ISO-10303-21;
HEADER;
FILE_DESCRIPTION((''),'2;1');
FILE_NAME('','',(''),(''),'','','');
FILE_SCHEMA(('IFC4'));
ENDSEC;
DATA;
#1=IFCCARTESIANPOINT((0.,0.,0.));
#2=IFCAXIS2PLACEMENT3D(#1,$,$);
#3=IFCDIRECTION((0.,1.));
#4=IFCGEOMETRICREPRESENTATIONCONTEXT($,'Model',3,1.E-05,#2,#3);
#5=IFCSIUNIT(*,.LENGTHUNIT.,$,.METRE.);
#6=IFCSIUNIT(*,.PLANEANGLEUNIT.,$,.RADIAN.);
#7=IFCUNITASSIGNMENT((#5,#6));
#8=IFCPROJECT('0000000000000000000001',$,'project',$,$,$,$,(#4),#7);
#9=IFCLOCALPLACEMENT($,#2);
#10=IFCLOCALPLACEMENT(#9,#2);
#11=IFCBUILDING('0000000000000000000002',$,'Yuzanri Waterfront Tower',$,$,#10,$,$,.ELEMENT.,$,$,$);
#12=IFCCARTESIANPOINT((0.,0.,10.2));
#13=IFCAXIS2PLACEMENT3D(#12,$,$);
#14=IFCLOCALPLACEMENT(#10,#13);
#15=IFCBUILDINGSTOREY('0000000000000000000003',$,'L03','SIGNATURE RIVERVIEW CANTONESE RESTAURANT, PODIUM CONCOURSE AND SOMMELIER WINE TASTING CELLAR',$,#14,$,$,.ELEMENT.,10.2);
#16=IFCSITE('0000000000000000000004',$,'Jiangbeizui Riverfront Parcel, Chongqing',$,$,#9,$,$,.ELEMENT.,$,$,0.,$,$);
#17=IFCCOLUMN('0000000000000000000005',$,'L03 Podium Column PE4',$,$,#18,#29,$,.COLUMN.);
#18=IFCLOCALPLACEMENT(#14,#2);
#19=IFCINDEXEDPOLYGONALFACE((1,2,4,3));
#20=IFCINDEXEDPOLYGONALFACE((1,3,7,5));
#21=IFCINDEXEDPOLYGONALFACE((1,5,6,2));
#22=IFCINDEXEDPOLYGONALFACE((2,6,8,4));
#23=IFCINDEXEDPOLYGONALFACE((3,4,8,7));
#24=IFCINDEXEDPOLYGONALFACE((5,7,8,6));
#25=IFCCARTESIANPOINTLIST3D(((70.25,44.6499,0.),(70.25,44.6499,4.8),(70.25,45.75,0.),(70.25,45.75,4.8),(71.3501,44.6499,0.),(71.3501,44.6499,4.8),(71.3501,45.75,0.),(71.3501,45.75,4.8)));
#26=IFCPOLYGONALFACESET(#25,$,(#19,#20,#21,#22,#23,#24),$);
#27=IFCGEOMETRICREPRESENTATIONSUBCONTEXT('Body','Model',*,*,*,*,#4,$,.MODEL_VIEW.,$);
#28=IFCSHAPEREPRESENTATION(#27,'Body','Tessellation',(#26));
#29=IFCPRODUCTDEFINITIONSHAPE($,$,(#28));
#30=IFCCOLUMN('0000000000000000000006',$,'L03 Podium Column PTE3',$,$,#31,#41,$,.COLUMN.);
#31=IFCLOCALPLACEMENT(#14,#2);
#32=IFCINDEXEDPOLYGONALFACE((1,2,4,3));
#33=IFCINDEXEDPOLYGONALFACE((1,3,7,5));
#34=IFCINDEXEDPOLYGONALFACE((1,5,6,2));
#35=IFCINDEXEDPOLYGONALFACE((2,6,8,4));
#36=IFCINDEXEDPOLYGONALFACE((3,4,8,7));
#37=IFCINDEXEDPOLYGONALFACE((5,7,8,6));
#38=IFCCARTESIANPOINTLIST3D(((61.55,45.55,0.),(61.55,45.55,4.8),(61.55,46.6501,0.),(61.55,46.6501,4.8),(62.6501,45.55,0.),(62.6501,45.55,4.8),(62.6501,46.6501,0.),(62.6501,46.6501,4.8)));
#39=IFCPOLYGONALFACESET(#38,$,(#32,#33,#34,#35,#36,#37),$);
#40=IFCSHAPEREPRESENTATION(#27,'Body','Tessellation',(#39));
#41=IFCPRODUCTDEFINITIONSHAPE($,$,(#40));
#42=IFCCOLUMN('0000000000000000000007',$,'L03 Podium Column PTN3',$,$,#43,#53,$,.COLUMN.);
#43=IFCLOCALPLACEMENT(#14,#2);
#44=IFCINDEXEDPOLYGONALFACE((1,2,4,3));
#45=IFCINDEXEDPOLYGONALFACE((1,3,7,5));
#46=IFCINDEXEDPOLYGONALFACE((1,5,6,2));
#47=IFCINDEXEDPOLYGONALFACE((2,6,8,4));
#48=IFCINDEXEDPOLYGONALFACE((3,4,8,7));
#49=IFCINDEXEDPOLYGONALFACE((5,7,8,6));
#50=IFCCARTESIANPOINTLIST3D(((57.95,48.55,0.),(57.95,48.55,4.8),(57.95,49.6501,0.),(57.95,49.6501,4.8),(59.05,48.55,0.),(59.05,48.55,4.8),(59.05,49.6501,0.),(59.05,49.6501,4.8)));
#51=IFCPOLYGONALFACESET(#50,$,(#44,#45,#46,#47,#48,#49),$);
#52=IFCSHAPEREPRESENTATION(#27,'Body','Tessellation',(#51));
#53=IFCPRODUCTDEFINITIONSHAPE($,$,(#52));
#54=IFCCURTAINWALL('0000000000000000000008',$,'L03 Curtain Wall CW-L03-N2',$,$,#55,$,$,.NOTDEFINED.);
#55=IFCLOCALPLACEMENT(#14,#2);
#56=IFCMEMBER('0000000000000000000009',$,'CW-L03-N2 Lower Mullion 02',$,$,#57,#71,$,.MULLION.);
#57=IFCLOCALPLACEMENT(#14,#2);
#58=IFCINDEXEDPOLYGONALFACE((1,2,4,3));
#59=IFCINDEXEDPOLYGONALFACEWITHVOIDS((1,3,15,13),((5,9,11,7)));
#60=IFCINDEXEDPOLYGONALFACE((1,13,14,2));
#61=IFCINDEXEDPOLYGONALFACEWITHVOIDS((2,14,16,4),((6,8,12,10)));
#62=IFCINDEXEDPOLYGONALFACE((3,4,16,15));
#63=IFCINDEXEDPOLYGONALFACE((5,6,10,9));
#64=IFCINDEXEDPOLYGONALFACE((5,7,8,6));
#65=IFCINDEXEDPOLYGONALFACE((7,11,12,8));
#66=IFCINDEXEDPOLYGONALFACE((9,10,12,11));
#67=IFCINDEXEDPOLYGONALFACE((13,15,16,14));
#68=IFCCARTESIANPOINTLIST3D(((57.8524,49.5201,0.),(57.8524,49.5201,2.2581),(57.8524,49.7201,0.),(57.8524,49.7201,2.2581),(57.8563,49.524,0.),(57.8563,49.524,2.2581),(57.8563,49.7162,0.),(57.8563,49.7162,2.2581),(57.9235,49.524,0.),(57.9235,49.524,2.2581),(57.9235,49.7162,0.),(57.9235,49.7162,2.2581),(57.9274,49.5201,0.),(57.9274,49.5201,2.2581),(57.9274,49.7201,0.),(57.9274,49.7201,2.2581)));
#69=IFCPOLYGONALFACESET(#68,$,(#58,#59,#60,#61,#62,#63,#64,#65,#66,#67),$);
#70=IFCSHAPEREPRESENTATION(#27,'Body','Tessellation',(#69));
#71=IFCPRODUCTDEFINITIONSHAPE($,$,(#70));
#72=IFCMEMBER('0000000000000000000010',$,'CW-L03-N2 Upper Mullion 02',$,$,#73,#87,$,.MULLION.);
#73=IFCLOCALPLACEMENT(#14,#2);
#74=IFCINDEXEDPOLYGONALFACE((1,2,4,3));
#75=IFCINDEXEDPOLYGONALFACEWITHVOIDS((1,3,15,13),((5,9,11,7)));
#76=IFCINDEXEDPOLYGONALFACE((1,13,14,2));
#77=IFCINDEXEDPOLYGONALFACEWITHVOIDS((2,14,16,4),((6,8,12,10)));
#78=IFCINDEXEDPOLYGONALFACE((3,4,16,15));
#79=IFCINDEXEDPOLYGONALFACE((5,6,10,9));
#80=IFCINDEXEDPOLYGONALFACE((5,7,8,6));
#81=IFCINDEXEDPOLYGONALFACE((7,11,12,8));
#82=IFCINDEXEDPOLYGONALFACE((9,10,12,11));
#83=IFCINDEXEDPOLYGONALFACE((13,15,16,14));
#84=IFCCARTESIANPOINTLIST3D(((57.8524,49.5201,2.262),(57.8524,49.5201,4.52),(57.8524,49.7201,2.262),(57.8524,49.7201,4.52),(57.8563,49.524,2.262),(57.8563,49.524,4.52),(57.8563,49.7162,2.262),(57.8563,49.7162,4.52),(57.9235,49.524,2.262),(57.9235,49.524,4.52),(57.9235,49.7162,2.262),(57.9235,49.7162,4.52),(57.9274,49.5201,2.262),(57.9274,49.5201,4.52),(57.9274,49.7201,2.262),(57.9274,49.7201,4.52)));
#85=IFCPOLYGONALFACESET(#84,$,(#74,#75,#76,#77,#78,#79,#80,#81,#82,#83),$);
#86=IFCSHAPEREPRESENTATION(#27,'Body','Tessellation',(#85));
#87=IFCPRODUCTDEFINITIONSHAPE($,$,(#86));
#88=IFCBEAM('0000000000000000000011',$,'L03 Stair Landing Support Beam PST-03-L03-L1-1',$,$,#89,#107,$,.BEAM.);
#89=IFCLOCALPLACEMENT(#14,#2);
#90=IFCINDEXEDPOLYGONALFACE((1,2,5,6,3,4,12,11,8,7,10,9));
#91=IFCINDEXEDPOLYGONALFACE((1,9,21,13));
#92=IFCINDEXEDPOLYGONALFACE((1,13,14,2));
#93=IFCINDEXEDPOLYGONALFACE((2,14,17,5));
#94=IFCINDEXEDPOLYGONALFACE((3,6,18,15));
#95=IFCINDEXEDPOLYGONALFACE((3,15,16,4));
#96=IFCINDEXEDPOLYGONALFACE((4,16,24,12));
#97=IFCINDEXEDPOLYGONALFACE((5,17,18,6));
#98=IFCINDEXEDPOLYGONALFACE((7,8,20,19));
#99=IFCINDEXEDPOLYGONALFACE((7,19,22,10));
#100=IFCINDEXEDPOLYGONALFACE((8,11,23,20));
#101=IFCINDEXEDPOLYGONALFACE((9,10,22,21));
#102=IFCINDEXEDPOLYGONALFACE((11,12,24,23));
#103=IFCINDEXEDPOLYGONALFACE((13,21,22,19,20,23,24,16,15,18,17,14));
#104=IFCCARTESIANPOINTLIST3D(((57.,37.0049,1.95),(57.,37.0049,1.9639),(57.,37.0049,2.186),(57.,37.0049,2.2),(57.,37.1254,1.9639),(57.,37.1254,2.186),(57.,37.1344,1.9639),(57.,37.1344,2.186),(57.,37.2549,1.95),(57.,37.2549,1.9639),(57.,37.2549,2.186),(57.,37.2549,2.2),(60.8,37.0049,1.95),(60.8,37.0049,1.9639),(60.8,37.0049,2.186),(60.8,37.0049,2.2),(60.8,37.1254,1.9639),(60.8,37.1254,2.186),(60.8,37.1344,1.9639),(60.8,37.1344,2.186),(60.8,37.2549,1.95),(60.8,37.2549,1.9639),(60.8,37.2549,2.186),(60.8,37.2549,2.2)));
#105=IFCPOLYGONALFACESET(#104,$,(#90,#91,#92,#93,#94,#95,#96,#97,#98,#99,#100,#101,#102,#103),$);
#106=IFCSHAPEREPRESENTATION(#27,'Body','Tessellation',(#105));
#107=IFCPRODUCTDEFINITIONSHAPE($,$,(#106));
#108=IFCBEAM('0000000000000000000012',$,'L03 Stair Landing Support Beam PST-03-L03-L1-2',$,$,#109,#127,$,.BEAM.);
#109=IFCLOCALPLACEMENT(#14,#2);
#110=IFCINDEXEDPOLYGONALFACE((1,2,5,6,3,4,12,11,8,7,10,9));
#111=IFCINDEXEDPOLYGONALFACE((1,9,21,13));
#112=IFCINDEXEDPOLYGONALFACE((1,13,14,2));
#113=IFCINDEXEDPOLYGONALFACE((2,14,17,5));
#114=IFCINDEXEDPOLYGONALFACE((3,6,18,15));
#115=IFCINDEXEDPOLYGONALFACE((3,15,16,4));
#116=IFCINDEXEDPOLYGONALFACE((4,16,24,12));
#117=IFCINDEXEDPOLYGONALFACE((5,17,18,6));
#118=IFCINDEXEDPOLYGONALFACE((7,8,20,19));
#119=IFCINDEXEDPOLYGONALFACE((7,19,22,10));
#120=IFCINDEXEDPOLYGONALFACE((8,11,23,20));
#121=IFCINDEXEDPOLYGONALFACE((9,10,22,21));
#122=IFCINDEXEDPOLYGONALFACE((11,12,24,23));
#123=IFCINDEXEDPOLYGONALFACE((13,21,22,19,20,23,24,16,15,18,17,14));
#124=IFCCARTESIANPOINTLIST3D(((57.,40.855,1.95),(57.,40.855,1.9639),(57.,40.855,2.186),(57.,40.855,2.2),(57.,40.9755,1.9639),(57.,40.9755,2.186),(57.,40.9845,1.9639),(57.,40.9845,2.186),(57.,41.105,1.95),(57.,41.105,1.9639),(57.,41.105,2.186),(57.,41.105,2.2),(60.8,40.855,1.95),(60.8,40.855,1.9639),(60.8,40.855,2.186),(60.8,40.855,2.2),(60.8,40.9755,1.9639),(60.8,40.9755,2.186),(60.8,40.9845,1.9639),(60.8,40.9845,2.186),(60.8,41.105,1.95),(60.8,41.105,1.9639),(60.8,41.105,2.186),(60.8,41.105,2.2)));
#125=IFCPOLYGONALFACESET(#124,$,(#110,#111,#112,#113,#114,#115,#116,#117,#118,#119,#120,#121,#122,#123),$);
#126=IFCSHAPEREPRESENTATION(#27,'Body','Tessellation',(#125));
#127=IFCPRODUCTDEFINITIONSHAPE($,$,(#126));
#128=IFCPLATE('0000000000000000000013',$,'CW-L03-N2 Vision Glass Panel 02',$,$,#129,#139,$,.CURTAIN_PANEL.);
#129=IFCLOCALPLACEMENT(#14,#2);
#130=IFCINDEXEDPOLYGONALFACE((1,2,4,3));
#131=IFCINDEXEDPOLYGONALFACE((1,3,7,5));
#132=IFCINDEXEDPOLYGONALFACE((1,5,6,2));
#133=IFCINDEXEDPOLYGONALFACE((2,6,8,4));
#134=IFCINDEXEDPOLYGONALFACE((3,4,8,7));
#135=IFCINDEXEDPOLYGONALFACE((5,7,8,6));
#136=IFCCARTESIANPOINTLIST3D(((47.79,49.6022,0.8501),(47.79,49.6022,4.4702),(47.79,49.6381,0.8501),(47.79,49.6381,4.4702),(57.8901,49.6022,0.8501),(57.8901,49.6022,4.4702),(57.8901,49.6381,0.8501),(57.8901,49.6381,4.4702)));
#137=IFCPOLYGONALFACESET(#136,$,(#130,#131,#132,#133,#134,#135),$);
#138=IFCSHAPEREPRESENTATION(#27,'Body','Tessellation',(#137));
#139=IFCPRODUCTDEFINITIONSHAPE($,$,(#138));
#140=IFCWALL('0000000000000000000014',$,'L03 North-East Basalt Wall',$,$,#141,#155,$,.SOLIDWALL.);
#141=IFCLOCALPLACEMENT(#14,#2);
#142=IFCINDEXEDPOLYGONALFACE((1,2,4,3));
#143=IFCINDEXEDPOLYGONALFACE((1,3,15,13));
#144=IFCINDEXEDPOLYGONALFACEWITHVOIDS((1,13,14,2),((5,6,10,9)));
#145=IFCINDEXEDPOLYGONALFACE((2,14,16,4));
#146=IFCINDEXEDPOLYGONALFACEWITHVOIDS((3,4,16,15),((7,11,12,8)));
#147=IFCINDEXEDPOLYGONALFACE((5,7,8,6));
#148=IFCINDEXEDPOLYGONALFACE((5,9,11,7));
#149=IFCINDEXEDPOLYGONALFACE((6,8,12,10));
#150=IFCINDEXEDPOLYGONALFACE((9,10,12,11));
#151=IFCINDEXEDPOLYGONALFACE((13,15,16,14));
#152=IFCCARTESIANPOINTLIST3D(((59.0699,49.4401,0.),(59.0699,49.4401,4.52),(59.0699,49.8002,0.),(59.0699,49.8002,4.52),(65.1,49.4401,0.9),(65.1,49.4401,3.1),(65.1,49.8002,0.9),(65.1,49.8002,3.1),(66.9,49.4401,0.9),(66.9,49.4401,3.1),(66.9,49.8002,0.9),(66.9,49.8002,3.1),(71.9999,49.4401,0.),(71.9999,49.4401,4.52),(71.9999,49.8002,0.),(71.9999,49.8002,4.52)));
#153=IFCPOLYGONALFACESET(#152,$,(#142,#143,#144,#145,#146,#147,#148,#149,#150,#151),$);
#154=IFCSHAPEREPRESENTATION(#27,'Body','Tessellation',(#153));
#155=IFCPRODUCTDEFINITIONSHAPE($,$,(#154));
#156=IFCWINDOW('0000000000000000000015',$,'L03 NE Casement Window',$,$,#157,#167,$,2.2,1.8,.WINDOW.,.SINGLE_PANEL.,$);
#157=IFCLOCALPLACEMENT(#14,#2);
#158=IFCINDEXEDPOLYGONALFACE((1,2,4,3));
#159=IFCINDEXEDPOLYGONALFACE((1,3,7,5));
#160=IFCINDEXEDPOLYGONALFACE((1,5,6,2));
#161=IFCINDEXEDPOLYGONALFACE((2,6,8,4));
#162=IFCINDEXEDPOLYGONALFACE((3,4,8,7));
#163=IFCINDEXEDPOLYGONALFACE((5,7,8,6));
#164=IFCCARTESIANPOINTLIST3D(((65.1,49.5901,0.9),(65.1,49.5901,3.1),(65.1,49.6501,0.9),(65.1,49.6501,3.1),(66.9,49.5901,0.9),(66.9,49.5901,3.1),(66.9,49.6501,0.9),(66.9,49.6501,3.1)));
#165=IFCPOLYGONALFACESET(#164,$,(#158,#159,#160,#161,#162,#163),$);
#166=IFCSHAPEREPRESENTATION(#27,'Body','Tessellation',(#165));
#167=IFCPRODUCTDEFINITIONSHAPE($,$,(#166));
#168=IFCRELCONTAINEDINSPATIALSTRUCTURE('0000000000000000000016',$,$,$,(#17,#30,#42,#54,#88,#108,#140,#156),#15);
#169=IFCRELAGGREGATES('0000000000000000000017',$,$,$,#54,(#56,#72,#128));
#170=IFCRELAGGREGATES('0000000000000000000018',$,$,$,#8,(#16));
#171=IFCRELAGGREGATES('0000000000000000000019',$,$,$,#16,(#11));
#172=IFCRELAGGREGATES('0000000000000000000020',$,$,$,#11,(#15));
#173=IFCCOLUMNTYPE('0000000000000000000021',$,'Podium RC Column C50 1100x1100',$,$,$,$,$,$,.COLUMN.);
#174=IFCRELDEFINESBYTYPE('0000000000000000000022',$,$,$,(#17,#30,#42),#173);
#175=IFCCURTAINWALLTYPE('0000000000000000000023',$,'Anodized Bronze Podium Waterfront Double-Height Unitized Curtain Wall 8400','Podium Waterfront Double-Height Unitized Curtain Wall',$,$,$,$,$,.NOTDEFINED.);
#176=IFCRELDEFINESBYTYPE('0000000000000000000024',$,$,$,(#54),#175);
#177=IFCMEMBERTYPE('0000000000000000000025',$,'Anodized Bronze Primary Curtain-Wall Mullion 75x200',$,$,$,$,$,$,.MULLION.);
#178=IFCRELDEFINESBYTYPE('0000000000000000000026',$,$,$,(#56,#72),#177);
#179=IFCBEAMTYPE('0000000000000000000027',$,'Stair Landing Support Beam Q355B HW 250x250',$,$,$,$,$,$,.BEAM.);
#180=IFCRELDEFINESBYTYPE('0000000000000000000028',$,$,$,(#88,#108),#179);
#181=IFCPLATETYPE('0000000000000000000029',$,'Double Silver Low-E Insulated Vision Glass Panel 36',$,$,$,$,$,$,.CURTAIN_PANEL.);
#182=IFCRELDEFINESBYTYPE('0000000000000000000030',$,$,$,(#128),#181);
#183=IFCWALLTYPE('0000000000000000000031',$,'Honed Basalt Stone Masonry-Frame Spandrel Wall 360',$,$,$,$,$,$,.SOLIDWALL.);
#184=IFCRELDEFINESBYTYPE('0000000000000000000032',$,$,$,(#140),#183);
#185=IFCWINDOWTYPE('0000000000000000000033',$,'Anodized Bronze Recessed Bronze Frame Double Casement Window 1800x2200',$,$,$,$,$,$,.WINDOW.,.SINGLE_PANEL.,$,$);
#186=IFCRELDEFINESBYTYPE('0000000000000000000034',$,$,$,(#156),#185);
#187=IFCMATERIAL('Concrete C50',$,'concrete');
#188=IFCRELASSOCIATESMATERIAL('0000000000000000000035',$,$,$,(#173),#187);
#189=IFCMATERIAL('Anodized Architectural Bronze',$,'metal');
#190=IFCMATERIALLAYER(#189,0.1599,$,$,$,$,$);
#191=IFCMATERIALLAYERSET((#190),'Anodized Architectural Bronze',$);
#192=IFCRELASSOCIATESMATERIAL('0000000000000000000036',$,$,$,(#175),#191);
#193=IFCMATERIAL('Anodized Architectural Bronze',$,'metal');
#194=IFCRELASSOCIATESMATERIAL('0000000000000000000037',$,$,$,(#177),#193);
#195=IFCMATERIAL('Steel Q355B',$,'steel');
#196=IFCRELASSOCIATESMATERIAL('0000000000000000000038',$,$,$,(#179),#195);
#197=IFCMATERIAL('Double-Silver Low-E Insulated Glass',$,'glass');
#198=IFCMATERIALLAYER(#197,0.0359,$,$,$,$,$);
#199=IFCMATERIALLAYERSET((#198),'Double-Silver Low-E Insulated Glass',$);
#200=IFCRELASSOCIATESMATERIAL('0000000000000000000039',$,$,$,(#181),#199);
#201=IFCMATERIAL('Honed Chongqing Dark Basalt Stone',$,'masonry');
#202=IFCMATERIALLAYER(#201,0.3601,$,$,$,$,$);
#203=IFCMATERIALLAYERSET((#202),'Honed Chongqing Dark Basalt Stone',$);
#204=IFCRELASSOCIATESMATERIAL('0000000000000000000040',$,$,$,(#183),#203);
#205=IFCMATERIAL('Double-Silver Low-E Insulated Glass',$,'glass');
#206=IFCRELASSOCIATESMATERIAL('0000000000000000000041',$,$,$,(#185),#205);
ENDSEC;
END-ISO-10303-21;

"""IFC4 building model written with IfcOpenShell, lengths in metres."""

from ifc_helpers import new_model, si_unit, direction, frame, frame_2d, origin, origin_2d, place, context, subcontext, project, spatial, rectangle, hollow_rectangle, i_section, extrude, source, transform, mapped, material, layer, layer_set, material_profile, profile_set, type_object, element, fill, aggregate, save


model = new_model("IFC4")

# Units and contexts
model_context = context("Model", 3, precision=1e-05, world=origin(), true_north=direction((0.0, 1.0)))
body_context = subcontext(model_context, "Body", "Model", "MODEL_VIEW")
ifc_project = project(units=[si_unit("LENGTHUNIT", "METRE"), si_unit("PLANEANGLEUNIT", "RADIAN")], contexts=[model_context])

# Site, building, storey
site_placement = place(None, origin())
site = spatial("IfcSite", under=ifc_project, at=site_placement, Name="Jiangbeizui Riverfront Parcel, Chongqing", CompositionType="ELEMENT", RefElevation=0.0)
building_placement = place(site_placement, origin())
building = spatial("IfcBuilding", under=site, at=building_placement, Name="Yuzanri Waterfront Tower", CompositionType="ELEMENT")
storey_placement = place(building_placement, frame((0.0, 0.0, 10.2)))
storey = spatial("IfcBuildingStorey", under=building, at=storey_placement, Name="L03", Description="SIGNATURE RIVERVIEW CANTONESE RESTAURANT, PODIUM CONCOURSE AND SOMMELIER WINE TASTING CELLAR", CompositionType="ELEMENT", Elevation=10.2)

# Columns
ifc_material_1 = material(Name="Concrete C50", Category="concrete")
ifc_material_profile_1 = material_profile(ifc_material_1, rectangle(XDim=1.1001, YDim=1.1001, at=origin_2d()), Name="RC 1100x1100")
ifc_profile_set_1 = profile_set([ifc_material_profile_1], Name="Concrete C50")
column_type = type_object("IfcColumnType", Name="Podium RC Column C50 1100x1100", PredefinedType="COLUMN", material=ifc_profile_set_1)
shared_shape_1 = source(origin(), body_context, "Body", "SweptSolid", [
    extrude(rectangle(XDim=1.1001, YDim=1.1001, at=origin_2d()), origin(), (0.0, 0.0, 1.0), 4.8),
])
for number, where, z_axis, x_axis, name in (
    (1, (70.8, 45.2, 0.0), (0.0, 0.0, 1.0), (1.0, 0.0, 0.0), "L03 Podium Column PE4"),
    (2, (62.1001, 46.1001, 0.0), (0.0, 0.0, 1.0), (1.0, 0.0, 0.0), "L03 Podium Column PTE3"),
    (3, (58.5, 49.1001, 0.0), (0.0, 0.0, 1.0), (1.0, 0.0, 0.0), "L03 Podium Column PTN3"),
):
    element("IfcColumn", number, at=place(storey_placement, frame(where, z_axis=z_axis, x_axis=x_axis)), inside=storey, type_object=column_type, Name=name, PredefinedType="COLUMN", context=body_context, shape_type="MappedRepresentation", body=[
        mapped(shared_shape_1, transform((0.0, 0.0, 0.0), scale=1.0)),
    ])

# Curtain wall, members
ifc_material_2 = material(Name="Anodized Architectural Bronze", Category="metal")
ifc_layer_1 = layer(ifc_material_2, 0.1599)
ifc_layer_set_1 = layer_set([ifc_layer_1], Name="Anodized Architectural Bronze")
curtain_wall_type = type_object("IfcCurtainWallType", Name="Anodized Bronze Podium Waterfront Double-Height Unitized Curtain Wall 8400", Description="Podium Waterfront Double-Height Unitized Curtain Wall", PredefinedType="NOTDEFINED", material=ifc_layer_set_1)
curtain_wall_placement = place(storey_placement, origin())
curtain_wall = element("IfcCurtainWall", 4, at=curtain_wall_placement, inside=storey, type_object=curtain_wall_type, Name="L03 Curtain Wall CW-L03-N2", PredefinedType="NOTDEFINED")
ifc_material_3 = material(Name="Anodized Architectural Bronze", Category="metal")
ifc_material_profile_2 = material_profile(ifc_material_3, hollow_rectangle(XDim=0.075, YDim=0.2, WallThickness=0.0039, at=origin_2d()), Name="CWM 75x200")
ifc_profile_set_2 = profile_set([ifc_material_profile_2], Name="Anodized Architectural Bronze")
member_type = type_object("IfcMemberType", Name="Anodized Bronze Primary Curtain-Wall Mullion 75x200", PredefinedType="MULLION", material=ifc_profile_set_2)
shared_shape_2 = source(origin(), body_context, "Body", "SweptSolid", [
    extrude(hollow_rectangle(XDim=0.075, YDim=0.2, WallThickness=0.0039, at=origin_2d()), origin(), (0.0, 0.0, 1.0), 2.2581),
])
member_1_placement = place(storey_placement, frame((57.8899, 49.6201, 0.0), z_axis=(0.0, 0.0, 1.0), x_axis=(1.0, 0.0, 0.0)))
member_1 = element("IfcMember", 5, at=member_1_placement, type_object=member_type, Name="CW-L03-N2 Lower Mullion 02", PredefinedType="MULLION", context=body_context, shape_type="MappedRepresentation", body=[
    mapped(shared_shape_2, transform((0.0, 0.0, 0.0), scale=1.0)),
])
member_2_placement = place(storey_placement, frame((57.8899, 49.6201, 2.262), z_axis=(0.0, 0.0, 1.0), x_axis=(1.0, 0.0, 0.0)))
member_2 = element("IfcMember", 6, at=member_2_placement, type_object=member_type, Name="CW-L03-N2 Upper Mullion 02", PredefinedType="MULLION", context=body_context, shape_type="MappedRepresentation", body=[
    mapped(shared_shape_2, transform((0.0, 0.0, 0.0), scale=1.0)),
])

# Beams
ifc_material_4 = material(Name="Steel Q355B", Category="steel")
ifc_material_profile_3 = material_profile(ifc_material_4, i_section(OverallWidth=0.25, OverallDepth=0.25, WebThickness=0.009, FlangeThickness=0.0139, at=origin_2d()), Name="HW 250x250x9x14")
ifc_profile_set_3 = profile_set([ifc_material_profile_3], Name="Steel Q355B")
beam_type = type_object("IfcBeamType", Name="Stair Landing Support Beam Q355B HW 250x250", PredefinedType="BEAM", material=ifc_profile_set_3)
shared_shape_3 = source(origin(), body_context, "Body", "SweptSolid", [
    extrude(i_section(OverallWidth=0.25, OverallDepth=0.25, WebThickness=0.009, FlangeThickness=0.0139, at=origin_2d()), origin(), (0.0, 0.0, 1.0), 3.8),
])
for number, where, z_axis, x_axis, name in (
    (7, (57.0, 37.1299, 2.075), (1.0, 0.0, 0.0), (0.0, 1.0, 0.0), "L03 Stair Landing Support Beam PST-03-L03-L1-1"),
    (8, (57.0, 40.98, 2.075), (1.0, 0.0, 0.0), (0.0, 1.0, 0.0), "L03 Stair Landing Support Beam PST-03-L03-L1-2"),
):
    element("IfcBeam", number, at=place(storey_placement, frame(where, z_axis=z_axis, x_axis=x_axis)), inside=storey, type_object=beam_type, Name=name, PredefinedType="BEAM", context=body_context, shape_type="MappedRepresentation", body=[
        mapped(shared_shape_3, transform((0.0, 0.0, 0.0), scale=1.0)),
    ])

# Plate
ifc_material_5 = material(Name="Double-Silver Low-E Insulated Glass", Category="glass")
ifc_layer_2 = layer(ifc_material_5, 0.0359)
ifc_layer_set_2 = layer_set([ifc_layer_2], Name="Double-Silver Low-E Insulated Glass")
plate_type = type_object("IfcPlateType", Name="Double Silver Low-E Insulated Vision Glass Panel 36", PredefinedType="CURTAIN_PANEL", material=ifc_layer_set_2)
shared_shape_4 = source(origin(), body_context, "Body", "SweptSolid", [
    extrude(rectangle(XDim=10.1001, YDim=0.0359, at=origin_2d()), origin(), (0.0, 0.0, 1.0), 3.6201),
])
plate_placement = place(storey_placement, frame((52.8401, 49.6201, 0.8501), z_axis=(0.0, 0.0, 1.0), x_axis=(1.0, 0.0, 0.0)))
plate = element("IfcPlate", 9, at=plate_placement, type_object=plate_type, Name="CW-L03-N2 Vision Glass Panel 02", PredefinedType="CURTAIN_PANEL", context=body_context, shape_type="MappedRepresentation", body=[
    mapped(shared_shape_4, transform((0.0, 0.0, 0.0), scale=1.0)),
])
aggregate(curtain_wall, [member_1, member_2, plate])

# Wall, opening, window
ifc_material_6 = material(Name="Honed Chongqing Dark Basalt Stone", Category="masonry")
ifc_layer_3 = layer(ifc_material_6, 0.3601)
ifc_layer_set_3 = layer_set([ifc_layer_3], Name="Honed Chongqing Dark Basalt Stone")
wall_type_1 = type_object("IfcWallType", Name="Honed Basalt Stone Masonry-Frame Spandrel Wall 360", PredefinedType="SOLIDWALL", material=ifc_layer_set_3)
wall_1_placement = place(storey_placement, frame((59.0701, 49.6201, 0.0), z_axis=(0.0, 0.0, 1.0), x_axis=(1.0, 0.0, 0.0)))
wall_1 = element("IfcWall", 10, at=wall_1_placement, inside=storey, type_object=wall_type_1, Name="L03 North-East Basalt Wall", PredefinedType="SOLIDWALL", context=body_context, shape_type="SweptSolid", body=[
    extrude(rectangle(XDim=12.9299, YDim=0.3601, at=frame_2d((6.4648, 0.0))), origin(), (0.0, 0.0, 1.0), 4.52),
])
opening_1_placement = place(wall_1_placement, frame((6.03, 0.0, 0.8999)))
opening_1 = element("IfcOpeningElement", 11, at=opening_1_placement, cuts=wall_1, PredefinedType="OPENING", context=body_context, shape_type="SweptSolid", body=[
    extrude(rectangle(XDim=1.8, YDim=2.2, at=frame_2d((0.8999, 1.1001))), frame((0.0, 0.1948, 0.0), z_axis=(0.0, -1.0, 0.0), x_axis=(1.0, 0.0, 0.0)), (0.0, 0.0, 1.0), 0.3899),
])
ifc_material_7 = material(Name="Double-Silver Low-E Insulated Glass", Category="glass")
window_type = type_object("IfcWindowType", Name="Anodized Bronze Recessed Bronze Frame Double Casement Window 1800x2200", PartitioningType="SINGLE_PANEL", PredefinedType="WINDOW", material=ifc_material_7)
shared_shape_5 = source(origin(), body_context, "Body", "SweptSolid", [
    extrude(rectangle(XDim=1.8, YDim=2.2, at=frame_2d((0.8999, 1.1001))), frame((0.0, 0.03, 0.0), z_axis=(0.0, -1.0, 0.0), x_axis=(1.0, 0.0, 0.0)), (0.0, 0.0, 1.0), 0.0601),
])
window_placement = place(opening_1_placement, origin())
window = element("IfcWindow", 12, at=window_placement, inside=storey, type_object=window_type, Name="L03 NE Casement Window", OverallHeight=2.2, OverallWidth=1.8, PartitioningType="SINGLE_PANEL", PredefinedType="WINDOW", context=body_context, shape_type="MappedRepresentation", body=[
    mapped(shared_shape_5, transform((0.0, 0.0, 0.0), scale=1.0)),
])
fill(opening_1, window)

save(model, "model.ifc")
